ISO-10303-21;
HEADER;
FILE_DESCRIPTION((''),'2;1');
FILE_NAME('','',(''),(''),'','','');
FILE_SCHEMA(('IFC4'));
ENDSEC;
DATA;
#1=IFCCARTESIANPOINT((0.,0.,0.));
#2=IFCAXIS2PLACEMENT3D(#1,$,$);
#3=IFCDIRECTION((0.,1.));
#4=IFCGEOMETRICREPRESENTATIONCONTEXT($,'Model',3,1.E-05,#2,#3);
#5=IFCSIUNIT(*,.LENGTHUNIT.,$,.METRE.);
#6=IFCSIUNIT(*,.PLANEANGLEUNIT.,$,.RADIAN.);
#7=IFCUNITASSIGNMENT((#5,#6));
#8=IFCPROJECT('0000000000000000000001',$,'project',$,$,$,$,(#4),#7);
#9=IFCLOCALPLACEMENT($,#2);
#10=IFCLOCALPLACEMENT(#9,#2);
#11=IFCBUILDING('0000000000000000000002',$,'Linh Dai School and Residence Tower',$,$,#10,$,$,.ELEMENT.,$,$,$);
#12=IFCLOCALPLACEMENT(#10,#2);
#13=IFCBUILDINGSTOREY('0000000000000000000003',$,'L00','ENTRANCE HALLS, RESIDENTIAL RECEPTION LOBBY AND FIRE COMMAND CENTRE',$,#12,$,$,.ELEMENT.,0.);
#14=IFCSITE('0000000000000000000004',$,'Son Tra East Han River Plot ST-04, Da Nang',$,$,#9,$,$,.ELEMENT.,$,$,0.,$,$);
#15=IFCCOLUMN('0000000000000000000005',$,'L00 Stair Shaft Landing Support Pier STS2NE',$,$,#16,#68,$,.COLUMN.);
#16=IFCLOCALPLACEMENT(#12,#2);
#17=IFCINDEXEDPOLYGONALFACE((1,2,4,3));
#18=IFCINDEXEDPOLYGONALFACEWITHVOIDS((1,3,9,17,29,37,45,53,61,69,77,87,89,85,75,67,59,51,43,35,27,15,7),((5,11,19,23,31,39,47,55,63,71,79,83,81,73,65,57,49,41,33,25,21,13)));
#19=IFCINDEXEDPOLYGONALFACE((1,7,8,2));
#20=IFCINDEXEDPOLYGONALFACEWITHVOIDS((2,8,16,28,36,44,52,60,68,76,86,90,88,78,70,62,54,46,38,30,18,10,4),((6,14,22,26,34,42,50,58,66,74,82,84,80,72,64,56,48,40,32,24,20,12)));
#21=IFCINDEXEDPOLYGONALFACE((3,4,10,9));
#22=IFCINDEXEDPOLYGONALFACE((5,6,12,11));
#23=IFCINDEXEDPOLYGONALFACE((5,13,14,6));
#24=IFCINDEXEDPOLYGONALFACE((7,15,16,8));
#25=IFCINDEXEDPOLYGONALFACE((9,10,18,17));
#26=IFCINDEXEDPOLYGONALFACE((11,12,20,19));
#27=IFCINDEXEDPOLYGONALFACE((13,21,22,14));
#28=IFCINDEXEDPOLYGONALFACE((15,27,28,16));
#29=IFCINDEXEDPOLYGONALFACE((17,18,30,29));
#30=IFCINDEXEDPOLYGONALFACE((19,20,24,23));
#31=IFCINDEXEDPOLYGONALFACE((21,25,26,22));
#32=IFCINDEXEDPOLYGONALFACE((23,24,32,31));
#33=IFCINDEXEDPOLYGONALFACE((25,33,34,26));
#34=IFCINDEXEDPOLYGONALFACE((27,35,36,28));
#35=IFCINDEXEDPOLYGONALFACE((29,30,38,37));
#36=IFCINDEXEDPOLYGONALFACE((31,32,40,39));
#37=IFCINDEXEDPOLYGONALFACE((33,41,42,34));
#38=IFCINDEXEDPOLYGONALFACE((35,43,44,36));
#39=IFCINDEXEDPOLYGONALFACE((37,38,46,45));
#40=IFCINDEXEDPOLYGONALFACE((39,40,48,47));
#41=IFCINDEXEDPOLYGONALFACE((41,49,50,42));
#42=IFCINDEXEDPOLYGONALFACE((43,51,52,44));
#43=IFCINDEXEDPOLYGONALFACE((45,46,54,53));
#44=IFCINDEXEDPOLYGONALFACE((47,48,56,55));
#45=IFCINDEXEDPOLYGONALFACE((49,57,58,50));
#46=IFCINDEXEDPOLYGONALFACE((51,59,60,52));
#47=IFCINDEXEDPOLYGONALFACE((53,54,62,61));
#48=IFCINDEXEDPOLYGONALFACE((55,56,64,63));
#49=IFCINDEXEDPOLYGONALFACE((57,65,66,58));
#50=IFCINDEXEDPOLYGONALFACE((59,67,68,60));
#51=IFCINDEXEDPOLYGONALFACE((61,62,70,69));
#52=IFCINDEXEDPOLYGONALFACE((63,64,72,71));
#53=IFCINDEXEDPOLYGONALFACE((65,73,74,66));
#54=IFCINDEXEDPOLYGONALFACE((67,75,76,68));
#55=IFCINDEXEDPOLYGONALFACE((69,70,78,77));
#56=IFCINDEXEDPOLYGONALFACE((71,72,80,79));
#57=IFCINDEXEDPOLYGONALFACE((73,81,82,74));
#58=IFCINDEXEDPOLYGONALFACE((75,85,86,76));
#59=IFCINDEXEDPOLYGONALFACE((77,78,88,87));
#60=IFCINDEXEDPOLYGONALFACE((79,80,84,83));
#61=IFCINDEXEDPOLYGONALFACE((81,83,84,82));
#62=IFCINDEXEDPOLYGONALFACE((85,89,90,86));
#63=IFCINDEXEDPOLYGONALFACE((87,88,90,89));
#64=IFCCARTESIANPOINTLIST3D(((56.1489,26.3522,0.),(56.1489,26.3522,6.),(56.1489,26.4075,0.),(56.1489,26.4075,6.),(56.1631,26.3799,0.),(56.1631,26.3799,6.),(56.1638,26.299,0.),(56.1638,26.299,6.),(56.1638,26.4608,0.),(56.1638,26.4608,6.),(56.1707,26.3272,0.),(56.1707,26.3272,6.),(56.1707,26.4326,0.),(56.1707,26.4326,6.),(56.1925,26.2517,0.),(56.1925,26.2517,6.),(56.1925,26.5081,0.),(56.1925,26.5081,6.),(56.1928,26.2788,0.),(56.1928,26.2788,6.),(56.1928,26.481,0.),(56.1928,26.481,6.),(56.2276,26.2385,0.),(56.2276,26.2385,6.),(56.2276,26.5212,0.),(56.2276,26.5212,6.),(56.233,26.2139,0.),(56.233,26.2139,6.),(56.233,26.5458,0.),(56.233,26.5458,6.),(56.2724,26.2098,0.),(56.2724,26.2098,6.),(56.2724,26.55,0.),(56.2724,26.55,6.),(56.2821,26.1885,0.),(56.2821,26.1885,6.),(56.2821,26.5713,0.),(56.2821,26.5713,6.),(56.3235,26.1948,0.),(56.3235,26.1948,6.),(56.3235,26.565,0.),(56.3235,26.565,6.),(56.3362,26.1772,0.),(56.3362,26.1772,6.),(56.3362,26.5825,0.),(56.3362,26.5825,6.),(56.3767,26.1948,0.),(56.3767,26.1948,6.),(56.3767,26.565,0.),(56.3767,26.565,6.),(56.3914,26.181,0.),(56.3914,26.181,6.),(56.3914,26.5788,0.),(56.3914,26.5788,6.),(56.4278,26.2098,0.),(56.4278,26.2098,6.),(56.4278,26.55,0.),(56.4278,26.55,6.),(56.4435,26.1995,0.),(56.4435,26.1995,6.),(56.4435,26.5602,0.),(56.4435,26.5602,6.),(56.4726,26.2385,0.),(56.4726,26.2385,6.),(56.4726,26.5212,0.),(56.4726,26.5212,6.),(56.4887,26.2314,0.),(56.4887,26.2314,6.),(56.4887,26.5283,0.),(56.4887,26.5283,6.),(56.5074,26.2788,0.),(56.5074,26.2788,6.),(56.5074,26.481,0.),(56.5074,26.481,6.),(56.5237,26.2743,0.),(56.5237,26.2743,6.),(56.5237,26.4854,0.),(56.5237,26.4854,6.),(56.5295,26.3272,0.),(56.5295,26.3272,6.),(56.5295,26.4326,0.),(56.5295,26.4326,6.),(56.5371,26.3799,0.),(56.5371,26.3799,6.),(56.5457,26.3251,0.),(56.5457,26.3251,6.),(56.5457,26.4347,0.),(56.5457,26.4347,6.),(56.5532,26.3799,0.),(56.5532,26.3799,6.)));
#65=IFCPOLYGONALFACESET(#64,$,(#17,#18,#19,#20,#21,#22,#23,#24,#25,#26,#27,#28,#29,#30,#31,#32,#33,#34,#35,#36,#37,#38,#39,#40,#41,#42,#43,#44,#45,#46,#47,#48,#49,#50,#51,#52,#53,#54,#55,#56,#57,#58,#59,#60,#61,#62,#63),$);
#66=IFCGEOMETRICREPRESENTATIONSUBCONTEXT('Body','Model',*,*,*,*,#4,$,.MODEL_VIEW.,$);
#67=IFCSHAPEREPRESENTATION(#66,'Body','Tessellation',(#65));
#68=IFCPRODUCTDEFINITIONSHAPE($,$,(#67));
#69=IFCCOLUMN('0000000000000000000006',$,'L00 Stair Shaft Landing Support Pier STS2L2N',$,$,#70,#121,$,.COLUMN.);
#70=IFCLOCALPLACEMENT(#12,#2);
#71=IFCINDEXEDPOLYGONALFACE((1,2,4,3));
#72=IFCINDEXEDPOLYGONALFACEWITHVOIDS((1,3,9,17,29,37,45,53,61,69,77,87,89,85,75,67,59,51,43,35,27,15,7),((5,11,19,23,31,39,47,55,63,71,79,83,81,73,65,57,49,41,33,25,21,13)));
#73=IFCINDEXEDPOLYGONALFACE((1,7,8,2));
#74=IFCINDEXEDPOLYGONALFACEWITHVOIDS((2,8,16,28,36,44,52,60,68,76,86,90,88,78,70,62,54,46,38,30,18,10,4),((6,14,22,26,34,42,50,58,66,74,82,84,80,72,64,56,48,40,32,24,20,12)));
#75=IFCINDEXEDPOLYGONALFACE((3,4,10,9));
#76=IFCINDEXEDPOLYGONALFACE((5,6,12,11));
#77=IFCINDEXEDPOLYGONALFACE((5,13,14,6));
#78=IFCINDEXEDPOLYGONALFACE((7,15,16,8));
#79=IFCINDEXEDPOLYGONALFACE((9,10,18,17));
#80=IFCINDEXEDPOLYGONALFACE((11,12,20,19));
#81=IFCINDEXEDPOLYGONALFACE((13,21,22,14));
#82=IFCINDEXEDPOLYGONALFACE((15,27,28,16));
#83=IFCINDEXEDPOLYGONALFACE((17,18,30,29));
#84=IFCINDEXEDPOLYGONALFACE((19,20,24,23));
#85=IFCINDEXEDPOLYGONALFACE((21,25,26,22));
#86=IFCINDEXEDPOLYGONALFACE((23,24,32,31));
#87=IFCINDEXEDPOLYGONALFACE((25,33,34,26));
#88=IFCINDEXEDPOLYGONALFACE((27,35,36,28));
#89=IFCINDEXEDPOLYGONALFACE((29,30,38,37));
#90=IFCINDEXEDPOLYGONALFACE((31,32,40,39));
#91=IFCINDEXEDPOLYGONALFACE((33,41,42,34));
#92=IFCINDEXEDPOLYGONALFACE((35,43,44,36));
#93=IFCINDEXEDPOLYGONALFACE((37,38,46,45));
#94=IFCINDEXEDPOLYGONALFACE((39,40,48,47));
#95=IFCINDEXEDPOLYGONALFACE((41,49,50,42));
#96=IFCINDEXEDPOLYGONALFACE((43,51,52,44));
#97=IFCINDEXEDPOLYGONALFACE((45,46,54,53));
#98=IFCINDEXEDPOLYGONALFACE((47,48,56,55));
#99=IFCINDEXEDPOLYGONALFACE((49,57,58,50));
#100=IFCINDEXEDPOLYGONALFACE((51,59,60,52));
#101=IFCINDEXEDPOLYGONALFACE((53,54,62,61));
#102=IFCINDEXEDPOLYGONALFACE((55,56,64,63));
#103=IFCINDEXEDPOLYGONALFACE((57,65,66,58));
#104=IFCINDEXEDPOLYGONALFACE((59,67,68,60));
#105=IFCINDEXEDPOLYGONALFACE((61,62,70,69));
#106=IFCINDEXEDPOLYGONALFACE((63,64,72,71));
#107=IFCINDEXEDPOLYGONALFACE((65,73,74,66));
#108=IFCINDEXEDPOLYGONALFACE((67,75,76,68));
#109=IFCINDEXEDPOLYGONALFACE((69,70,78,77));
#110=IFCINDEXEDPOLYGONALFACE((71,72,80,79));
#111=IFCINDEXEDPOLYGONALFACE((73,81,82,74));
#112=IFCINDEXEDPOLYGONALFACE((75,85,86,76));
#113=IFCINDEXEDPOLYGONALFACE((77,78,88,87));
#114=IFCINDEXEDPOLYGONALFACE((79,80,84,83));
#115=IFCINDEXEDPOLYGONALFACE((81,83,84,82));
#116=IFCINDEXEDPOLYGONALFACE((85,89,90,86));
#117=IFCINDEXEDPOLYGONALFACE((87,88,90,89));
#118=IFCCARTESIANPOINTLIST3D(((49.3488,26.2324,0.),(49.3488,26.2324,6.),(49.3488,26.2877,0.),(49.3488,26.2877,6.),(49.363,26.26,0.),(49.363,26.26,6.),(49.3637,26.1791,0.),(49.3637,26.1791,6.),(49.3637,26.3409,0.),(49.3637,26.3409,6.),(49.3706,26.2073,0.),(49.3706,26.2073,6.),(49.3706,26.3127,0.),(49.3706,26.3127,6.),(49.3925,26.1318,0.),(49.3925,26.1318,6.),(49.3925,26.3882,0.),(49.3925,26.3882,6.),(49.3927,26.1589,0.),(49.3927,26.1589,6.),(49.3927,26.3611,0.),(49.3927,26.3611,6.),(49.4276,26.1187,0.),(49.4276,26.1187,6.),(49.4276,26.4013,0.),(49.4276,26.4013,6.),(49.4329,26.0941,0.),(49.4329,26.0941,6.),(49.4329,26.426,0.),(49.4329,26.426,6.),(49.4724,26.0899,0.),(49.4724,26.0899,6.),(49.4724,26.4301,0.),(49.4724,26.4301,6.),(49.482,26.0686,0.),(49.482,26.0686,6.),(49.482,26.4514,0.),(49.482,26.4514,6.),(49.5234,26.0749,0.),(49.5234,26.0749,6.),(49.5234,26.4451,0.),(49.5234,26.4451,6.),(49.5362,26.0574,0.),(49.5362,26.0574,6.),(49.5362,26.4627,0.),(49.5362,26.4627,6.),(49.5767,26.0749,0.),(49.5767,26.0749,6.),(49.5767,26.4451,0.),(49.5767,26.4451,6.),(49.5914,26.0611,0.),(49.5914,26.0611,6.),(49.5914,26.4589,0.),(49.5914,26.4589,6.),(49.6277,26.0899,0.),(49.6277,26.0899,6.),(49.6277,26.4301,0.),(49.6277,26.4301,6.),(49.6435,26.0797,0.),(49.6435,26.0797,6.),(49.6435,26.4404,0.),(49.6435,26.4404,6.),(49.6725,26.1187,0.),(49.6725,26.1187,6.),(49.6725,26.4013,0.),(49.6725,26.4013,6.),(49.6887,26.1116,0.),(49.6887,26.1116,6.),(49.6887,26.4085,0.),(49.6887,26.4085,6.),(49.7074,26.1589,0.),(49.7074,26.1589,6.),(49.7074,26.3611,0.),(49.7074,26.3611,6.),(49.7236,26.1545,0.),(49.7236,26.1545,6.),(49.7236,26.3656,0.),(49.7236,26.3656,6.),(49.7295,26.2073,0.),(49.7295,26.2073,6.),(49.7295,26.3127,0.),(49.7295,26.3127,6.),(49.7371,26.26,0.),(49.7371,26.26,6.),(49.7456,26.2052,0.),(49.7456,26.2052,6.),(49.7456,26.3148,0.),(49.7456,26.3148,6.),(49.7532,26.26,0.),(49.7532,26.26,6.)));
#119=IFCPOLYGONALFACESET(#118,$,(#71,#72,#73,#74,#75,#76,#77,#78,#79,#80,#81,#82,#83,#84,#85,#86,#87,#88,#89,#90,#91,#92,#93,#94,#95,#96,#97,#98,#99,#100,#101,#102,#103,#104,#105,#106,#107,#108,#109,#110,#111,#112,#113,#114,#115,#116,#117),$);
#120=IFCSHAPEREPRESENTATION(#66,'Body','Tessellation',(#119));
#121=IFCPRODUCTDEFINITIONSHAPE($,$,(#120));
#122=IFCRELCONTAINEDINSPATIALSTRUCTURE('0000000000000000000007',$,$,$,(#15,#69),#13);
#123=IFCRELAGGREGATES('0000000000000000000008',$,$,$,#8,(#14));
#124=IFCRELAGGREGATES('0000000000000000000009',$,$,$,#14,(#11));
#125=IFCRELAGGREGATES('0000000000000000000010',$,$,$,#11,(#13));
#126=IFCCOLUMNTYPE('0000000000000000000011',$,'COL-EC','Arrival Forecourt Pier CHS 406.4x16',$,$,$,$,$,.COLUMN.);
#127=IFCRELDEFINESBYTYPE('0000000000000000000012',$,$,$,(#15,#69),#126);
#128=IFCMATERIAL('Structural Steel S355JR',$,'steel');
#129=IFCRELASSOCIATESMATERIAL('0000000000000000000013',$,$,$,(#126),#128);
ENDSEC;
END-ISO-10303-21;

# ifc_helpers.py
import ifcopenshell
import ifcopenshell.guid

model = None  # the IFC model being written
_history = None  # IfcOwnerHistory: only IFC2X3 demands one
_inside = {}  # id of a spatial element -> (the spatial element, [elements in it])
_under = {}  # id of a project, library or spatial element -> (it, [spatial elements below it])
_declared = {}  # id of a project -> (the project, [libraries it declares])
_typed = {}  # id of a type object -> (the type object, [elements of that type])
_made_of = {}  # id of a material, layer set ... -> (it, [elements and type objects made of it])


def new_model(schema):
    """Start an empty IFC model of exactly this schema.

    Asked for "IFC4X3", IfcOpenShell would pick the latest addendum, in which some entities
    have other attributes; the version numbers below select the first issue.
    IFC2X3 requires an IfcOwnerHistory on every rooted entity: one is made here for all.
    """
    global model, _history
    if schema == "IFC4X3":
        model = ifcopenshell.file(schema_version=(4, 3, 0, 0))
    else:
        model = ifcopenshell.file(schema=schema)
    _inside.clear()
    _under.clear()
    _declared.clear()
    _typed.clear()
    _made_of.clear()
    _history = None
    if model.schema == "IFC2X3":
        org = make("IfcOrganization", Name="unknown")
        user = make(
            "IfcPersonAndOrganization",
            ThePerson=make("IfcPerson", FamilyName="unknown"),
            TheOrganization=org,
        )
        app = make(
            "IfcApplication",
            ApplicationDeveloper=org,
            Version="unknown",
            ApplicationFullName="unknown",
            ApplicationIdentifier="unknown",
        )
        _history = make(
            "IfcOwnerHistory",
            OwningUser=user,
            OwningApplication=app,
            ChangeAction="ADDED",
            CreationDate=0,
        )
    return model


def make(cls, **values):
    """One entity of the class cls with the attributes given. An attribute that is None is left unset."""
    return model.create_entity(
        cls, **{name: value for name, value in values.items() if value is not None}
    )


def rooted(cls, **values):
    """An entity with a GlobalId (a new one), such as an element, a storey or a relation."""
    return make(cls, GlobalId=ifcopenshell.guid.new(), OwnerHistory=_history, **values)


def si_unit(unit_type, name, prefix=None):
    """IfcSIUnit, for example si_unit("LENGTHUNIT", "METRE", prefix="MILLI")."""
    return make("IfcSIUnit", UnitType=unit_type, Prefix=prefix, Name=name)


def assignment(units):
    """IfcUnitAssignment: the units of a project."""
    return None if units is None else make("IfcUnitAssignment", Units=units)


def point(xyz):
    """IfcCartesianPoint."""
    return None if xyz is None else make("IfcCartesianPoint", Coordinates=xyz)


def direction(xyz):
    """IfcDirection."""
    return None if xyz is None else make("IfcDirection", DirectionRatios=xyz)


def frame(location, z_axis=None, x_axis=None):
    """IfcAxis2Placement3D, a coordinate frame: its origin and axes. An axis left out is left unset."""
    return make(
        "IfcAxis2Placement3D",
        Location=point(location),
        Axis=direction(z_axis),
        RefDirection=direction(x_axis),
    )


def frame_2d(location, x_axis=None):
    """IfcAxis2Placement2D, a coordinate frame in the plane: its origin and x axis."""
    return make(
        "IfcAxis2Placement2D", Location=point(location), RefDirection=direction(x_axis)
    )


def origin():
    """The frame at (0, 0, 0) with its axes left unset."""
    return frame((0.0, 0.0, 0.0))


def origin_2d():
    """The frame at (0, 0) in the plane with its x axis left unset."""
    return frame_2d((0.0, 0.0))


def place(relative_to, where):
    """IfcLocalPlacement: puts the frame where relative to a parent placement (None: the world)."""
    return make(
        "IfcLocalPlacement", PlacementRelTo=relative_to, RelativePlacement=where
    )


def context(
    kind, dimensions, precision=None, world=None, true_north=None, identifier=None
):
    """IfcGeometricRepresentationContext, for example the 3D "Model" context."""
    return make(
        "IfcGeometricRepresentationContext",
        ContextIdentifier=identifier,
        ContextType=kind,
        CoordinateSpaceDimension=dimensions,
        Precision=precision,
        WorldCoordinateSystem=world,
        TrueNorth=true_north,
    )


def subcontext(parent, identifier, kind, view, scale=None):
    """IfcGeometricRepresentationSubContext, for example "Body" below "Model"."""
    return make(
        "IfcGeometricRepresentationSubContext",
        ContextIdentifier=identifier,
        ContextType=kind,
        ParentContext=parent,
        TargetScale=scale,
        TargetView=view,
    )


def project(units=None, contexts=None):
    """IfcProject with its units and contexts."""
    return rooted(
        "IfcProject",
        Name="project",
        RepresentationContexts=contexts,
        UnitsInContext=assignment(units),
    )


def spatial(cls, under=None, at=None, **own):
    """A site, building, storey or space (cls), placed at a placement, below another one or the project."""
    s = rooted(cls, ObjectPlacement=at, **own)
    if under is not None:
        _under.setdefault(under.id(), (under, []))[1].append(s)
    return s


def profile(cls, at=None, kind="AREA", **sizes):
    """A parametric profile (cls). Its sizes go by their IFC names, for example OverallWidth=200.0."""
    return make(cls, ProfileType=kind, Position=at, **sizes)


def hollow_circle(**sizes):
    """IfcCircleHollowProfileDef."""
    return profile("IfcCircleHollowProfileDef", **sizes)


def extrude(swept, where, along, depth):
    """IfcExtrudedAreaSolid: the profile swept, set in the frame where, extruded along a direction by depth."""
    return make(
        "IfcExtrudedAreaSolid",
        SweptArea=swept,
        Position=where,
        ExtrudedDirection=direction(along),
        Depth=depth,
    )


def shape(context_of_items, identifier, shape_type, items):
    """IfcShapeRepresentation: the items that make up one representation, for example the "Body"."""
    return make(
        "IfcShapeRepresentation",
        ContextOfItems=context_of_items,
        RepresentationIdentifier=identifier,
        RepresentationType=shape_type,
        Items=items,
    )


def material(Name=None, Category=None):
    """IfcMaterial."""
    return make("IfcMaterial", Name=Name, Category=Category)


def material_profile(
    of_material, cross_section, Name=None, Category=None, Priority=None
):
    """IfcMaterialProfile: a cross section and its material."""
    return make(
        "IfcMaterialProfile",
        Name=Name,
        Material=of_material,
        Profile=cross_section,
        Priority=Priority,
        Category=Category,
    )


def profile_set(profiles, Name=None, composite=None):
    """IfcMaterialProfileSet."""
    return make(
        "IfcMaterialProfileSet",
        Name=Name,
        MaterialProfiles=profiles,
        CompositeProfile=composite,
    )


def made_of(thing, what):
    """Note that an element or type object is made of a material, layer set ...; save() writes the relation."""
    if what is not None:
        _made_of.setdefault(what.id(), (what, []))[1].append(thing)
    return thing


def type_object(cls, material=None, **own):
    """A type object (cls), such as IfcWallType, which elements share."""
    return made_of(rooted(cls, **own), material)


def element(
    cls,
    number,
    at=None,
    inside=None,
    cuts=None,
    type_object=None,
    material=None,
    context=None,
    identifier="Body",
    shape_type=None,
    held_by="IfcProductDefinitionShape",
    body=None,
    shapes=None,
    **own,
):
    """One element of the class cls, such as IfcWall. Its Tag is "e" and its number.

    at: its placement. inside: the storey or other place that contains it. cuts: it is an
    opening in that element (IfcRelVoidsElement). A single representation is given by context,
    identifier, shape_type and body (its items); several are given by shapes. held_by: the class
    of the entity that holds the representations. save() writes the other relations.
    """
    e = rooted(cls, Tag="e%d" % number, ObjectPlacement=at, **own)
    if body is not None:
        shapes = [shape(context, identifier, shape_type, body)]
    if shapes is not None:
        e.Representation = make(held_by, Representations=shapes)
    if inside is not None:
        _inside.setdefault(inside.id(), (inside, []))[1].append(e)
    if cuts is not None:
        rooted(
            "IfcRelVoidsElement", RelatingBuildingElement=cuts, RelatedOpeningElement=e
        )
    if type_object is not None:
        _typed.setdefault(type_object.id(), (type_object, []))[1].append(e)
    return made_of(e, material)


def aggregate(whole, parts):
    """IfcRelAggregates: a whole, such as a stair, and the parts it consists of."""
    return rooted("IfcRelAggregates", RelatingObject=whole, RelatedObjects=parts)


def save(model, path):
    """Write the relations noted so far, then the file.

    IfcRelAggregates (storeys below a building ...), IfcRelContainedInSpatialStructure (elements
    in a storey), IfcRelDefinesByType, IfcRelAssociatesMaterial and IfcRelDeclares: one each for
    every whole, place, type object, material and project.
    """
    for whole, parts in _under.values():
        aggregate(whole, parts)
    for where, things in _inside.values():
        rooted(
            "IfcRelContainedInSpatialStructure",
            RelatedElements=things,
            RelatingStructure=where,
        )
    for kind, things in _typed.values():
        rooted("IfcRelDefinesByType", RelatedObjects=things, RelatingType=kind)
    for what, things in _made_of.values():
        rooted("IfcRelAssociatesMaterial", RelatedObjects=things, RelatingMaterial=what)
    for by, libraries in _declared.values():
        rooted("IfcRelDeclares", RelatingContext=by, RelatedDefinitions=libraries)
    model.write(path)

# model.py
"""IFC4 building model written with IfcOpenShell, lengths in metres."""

from ifc_helpers import new_model, si_unit, direction, frame, origin, origin_2d, place, context, subcontext, project, spatial, hollow_circle, extrude, material, material_profile, profile_set, type_object, element, save


model = new_model("IFC4")

# Units and contexts
model_context = context("Model", 3, precision=1e-05, world=origin(), true_north=direction((0.0, 1.0)))
body_context = subcontext(model_context, "Body", "Model", "MODEL_VIEW")
ifc_project = project(units=[si_unit("LENGTHUNIT", "METRE"), si_unit("PLANEANGLEUNIT", "RADIAN")], contexts=[model_context])

# Site, building, storey
site_placement = place(None, origin())
site = spatial("IfcSite", under=ifc_project, at=site_placement, Name="Son Tra East Han River Plot ST-04, Da Nang", CompositionType="ELEMENT", RefElevation=0.0)
building_placement = place(site_placement, origin())
building = spatial("IfcBuilding", under=site, at=building_placement, Name="Linh Dai School and Residence Tower", CompositionType="ELEMENT")
storey_placement = place(building_placement, origin())
storey = spatial("IfcBuildingStorey", under=building, at=storey_placement, Name="L00", Description="ENTRANCE HALLS, RESIDENTIAL RECEPTION LOBBY AND FIRE COMMAND CENTRE", CompositionType="ELEMENT", Elevation=0.0)

# Columns
ifc_material_1 = material(Name="Structural Steel S355JR", Category="steel")
ifc_material_profile_1 = material_profile(ifc_material_1, hollow_circle(Radius=0.2031, WallThickness=0.0161, at=origin_2d()), Name="CHS 406.4x16")
ifc_profile_set_1 = profile_set([ifc_material_profile_1], Name="Structural Steel S355JR")
column_type_1 = type_object("IfcColumnType", Name="COL-EC", Description="Arrival Forecourt Pier CHS 406.4x16", PredefinedType="COLUMN", material=ifc_profile_set_1)
for number, where, z_axis, x_axis, name in (
    (1, (56.3501, 26.3799, 0.0), (0.0, 0.0, 1.0), (1.0, 0.0, 0.0), "L00 Stair Shaft Landing Support Pier STS2NE"),
    (2, (49.55, 26.26, 0.0), (0.0, 0.0, 1.0), (1.0, 0.0, 0.0), "L00 Stair Shaft Landing Support Pier STS2L2N"),
):
    element("IfcColumn", number, at=place(storey_placement, frame(where, z_axis=z_axis, x_axis=x_axis)), inside=storey, type_object=column_type_1, Name=name, PredefinedType="COLUMN", context=body_context, shape_type="SweptSolid", body=[
        extrude(hollow_circle(Radius=0.2031, WallThickness=0.0161, at=origin_2d()), origin(), (0.0, 0.0, 1.0), 6.0),
    ])

save(model, "model.ifc")
